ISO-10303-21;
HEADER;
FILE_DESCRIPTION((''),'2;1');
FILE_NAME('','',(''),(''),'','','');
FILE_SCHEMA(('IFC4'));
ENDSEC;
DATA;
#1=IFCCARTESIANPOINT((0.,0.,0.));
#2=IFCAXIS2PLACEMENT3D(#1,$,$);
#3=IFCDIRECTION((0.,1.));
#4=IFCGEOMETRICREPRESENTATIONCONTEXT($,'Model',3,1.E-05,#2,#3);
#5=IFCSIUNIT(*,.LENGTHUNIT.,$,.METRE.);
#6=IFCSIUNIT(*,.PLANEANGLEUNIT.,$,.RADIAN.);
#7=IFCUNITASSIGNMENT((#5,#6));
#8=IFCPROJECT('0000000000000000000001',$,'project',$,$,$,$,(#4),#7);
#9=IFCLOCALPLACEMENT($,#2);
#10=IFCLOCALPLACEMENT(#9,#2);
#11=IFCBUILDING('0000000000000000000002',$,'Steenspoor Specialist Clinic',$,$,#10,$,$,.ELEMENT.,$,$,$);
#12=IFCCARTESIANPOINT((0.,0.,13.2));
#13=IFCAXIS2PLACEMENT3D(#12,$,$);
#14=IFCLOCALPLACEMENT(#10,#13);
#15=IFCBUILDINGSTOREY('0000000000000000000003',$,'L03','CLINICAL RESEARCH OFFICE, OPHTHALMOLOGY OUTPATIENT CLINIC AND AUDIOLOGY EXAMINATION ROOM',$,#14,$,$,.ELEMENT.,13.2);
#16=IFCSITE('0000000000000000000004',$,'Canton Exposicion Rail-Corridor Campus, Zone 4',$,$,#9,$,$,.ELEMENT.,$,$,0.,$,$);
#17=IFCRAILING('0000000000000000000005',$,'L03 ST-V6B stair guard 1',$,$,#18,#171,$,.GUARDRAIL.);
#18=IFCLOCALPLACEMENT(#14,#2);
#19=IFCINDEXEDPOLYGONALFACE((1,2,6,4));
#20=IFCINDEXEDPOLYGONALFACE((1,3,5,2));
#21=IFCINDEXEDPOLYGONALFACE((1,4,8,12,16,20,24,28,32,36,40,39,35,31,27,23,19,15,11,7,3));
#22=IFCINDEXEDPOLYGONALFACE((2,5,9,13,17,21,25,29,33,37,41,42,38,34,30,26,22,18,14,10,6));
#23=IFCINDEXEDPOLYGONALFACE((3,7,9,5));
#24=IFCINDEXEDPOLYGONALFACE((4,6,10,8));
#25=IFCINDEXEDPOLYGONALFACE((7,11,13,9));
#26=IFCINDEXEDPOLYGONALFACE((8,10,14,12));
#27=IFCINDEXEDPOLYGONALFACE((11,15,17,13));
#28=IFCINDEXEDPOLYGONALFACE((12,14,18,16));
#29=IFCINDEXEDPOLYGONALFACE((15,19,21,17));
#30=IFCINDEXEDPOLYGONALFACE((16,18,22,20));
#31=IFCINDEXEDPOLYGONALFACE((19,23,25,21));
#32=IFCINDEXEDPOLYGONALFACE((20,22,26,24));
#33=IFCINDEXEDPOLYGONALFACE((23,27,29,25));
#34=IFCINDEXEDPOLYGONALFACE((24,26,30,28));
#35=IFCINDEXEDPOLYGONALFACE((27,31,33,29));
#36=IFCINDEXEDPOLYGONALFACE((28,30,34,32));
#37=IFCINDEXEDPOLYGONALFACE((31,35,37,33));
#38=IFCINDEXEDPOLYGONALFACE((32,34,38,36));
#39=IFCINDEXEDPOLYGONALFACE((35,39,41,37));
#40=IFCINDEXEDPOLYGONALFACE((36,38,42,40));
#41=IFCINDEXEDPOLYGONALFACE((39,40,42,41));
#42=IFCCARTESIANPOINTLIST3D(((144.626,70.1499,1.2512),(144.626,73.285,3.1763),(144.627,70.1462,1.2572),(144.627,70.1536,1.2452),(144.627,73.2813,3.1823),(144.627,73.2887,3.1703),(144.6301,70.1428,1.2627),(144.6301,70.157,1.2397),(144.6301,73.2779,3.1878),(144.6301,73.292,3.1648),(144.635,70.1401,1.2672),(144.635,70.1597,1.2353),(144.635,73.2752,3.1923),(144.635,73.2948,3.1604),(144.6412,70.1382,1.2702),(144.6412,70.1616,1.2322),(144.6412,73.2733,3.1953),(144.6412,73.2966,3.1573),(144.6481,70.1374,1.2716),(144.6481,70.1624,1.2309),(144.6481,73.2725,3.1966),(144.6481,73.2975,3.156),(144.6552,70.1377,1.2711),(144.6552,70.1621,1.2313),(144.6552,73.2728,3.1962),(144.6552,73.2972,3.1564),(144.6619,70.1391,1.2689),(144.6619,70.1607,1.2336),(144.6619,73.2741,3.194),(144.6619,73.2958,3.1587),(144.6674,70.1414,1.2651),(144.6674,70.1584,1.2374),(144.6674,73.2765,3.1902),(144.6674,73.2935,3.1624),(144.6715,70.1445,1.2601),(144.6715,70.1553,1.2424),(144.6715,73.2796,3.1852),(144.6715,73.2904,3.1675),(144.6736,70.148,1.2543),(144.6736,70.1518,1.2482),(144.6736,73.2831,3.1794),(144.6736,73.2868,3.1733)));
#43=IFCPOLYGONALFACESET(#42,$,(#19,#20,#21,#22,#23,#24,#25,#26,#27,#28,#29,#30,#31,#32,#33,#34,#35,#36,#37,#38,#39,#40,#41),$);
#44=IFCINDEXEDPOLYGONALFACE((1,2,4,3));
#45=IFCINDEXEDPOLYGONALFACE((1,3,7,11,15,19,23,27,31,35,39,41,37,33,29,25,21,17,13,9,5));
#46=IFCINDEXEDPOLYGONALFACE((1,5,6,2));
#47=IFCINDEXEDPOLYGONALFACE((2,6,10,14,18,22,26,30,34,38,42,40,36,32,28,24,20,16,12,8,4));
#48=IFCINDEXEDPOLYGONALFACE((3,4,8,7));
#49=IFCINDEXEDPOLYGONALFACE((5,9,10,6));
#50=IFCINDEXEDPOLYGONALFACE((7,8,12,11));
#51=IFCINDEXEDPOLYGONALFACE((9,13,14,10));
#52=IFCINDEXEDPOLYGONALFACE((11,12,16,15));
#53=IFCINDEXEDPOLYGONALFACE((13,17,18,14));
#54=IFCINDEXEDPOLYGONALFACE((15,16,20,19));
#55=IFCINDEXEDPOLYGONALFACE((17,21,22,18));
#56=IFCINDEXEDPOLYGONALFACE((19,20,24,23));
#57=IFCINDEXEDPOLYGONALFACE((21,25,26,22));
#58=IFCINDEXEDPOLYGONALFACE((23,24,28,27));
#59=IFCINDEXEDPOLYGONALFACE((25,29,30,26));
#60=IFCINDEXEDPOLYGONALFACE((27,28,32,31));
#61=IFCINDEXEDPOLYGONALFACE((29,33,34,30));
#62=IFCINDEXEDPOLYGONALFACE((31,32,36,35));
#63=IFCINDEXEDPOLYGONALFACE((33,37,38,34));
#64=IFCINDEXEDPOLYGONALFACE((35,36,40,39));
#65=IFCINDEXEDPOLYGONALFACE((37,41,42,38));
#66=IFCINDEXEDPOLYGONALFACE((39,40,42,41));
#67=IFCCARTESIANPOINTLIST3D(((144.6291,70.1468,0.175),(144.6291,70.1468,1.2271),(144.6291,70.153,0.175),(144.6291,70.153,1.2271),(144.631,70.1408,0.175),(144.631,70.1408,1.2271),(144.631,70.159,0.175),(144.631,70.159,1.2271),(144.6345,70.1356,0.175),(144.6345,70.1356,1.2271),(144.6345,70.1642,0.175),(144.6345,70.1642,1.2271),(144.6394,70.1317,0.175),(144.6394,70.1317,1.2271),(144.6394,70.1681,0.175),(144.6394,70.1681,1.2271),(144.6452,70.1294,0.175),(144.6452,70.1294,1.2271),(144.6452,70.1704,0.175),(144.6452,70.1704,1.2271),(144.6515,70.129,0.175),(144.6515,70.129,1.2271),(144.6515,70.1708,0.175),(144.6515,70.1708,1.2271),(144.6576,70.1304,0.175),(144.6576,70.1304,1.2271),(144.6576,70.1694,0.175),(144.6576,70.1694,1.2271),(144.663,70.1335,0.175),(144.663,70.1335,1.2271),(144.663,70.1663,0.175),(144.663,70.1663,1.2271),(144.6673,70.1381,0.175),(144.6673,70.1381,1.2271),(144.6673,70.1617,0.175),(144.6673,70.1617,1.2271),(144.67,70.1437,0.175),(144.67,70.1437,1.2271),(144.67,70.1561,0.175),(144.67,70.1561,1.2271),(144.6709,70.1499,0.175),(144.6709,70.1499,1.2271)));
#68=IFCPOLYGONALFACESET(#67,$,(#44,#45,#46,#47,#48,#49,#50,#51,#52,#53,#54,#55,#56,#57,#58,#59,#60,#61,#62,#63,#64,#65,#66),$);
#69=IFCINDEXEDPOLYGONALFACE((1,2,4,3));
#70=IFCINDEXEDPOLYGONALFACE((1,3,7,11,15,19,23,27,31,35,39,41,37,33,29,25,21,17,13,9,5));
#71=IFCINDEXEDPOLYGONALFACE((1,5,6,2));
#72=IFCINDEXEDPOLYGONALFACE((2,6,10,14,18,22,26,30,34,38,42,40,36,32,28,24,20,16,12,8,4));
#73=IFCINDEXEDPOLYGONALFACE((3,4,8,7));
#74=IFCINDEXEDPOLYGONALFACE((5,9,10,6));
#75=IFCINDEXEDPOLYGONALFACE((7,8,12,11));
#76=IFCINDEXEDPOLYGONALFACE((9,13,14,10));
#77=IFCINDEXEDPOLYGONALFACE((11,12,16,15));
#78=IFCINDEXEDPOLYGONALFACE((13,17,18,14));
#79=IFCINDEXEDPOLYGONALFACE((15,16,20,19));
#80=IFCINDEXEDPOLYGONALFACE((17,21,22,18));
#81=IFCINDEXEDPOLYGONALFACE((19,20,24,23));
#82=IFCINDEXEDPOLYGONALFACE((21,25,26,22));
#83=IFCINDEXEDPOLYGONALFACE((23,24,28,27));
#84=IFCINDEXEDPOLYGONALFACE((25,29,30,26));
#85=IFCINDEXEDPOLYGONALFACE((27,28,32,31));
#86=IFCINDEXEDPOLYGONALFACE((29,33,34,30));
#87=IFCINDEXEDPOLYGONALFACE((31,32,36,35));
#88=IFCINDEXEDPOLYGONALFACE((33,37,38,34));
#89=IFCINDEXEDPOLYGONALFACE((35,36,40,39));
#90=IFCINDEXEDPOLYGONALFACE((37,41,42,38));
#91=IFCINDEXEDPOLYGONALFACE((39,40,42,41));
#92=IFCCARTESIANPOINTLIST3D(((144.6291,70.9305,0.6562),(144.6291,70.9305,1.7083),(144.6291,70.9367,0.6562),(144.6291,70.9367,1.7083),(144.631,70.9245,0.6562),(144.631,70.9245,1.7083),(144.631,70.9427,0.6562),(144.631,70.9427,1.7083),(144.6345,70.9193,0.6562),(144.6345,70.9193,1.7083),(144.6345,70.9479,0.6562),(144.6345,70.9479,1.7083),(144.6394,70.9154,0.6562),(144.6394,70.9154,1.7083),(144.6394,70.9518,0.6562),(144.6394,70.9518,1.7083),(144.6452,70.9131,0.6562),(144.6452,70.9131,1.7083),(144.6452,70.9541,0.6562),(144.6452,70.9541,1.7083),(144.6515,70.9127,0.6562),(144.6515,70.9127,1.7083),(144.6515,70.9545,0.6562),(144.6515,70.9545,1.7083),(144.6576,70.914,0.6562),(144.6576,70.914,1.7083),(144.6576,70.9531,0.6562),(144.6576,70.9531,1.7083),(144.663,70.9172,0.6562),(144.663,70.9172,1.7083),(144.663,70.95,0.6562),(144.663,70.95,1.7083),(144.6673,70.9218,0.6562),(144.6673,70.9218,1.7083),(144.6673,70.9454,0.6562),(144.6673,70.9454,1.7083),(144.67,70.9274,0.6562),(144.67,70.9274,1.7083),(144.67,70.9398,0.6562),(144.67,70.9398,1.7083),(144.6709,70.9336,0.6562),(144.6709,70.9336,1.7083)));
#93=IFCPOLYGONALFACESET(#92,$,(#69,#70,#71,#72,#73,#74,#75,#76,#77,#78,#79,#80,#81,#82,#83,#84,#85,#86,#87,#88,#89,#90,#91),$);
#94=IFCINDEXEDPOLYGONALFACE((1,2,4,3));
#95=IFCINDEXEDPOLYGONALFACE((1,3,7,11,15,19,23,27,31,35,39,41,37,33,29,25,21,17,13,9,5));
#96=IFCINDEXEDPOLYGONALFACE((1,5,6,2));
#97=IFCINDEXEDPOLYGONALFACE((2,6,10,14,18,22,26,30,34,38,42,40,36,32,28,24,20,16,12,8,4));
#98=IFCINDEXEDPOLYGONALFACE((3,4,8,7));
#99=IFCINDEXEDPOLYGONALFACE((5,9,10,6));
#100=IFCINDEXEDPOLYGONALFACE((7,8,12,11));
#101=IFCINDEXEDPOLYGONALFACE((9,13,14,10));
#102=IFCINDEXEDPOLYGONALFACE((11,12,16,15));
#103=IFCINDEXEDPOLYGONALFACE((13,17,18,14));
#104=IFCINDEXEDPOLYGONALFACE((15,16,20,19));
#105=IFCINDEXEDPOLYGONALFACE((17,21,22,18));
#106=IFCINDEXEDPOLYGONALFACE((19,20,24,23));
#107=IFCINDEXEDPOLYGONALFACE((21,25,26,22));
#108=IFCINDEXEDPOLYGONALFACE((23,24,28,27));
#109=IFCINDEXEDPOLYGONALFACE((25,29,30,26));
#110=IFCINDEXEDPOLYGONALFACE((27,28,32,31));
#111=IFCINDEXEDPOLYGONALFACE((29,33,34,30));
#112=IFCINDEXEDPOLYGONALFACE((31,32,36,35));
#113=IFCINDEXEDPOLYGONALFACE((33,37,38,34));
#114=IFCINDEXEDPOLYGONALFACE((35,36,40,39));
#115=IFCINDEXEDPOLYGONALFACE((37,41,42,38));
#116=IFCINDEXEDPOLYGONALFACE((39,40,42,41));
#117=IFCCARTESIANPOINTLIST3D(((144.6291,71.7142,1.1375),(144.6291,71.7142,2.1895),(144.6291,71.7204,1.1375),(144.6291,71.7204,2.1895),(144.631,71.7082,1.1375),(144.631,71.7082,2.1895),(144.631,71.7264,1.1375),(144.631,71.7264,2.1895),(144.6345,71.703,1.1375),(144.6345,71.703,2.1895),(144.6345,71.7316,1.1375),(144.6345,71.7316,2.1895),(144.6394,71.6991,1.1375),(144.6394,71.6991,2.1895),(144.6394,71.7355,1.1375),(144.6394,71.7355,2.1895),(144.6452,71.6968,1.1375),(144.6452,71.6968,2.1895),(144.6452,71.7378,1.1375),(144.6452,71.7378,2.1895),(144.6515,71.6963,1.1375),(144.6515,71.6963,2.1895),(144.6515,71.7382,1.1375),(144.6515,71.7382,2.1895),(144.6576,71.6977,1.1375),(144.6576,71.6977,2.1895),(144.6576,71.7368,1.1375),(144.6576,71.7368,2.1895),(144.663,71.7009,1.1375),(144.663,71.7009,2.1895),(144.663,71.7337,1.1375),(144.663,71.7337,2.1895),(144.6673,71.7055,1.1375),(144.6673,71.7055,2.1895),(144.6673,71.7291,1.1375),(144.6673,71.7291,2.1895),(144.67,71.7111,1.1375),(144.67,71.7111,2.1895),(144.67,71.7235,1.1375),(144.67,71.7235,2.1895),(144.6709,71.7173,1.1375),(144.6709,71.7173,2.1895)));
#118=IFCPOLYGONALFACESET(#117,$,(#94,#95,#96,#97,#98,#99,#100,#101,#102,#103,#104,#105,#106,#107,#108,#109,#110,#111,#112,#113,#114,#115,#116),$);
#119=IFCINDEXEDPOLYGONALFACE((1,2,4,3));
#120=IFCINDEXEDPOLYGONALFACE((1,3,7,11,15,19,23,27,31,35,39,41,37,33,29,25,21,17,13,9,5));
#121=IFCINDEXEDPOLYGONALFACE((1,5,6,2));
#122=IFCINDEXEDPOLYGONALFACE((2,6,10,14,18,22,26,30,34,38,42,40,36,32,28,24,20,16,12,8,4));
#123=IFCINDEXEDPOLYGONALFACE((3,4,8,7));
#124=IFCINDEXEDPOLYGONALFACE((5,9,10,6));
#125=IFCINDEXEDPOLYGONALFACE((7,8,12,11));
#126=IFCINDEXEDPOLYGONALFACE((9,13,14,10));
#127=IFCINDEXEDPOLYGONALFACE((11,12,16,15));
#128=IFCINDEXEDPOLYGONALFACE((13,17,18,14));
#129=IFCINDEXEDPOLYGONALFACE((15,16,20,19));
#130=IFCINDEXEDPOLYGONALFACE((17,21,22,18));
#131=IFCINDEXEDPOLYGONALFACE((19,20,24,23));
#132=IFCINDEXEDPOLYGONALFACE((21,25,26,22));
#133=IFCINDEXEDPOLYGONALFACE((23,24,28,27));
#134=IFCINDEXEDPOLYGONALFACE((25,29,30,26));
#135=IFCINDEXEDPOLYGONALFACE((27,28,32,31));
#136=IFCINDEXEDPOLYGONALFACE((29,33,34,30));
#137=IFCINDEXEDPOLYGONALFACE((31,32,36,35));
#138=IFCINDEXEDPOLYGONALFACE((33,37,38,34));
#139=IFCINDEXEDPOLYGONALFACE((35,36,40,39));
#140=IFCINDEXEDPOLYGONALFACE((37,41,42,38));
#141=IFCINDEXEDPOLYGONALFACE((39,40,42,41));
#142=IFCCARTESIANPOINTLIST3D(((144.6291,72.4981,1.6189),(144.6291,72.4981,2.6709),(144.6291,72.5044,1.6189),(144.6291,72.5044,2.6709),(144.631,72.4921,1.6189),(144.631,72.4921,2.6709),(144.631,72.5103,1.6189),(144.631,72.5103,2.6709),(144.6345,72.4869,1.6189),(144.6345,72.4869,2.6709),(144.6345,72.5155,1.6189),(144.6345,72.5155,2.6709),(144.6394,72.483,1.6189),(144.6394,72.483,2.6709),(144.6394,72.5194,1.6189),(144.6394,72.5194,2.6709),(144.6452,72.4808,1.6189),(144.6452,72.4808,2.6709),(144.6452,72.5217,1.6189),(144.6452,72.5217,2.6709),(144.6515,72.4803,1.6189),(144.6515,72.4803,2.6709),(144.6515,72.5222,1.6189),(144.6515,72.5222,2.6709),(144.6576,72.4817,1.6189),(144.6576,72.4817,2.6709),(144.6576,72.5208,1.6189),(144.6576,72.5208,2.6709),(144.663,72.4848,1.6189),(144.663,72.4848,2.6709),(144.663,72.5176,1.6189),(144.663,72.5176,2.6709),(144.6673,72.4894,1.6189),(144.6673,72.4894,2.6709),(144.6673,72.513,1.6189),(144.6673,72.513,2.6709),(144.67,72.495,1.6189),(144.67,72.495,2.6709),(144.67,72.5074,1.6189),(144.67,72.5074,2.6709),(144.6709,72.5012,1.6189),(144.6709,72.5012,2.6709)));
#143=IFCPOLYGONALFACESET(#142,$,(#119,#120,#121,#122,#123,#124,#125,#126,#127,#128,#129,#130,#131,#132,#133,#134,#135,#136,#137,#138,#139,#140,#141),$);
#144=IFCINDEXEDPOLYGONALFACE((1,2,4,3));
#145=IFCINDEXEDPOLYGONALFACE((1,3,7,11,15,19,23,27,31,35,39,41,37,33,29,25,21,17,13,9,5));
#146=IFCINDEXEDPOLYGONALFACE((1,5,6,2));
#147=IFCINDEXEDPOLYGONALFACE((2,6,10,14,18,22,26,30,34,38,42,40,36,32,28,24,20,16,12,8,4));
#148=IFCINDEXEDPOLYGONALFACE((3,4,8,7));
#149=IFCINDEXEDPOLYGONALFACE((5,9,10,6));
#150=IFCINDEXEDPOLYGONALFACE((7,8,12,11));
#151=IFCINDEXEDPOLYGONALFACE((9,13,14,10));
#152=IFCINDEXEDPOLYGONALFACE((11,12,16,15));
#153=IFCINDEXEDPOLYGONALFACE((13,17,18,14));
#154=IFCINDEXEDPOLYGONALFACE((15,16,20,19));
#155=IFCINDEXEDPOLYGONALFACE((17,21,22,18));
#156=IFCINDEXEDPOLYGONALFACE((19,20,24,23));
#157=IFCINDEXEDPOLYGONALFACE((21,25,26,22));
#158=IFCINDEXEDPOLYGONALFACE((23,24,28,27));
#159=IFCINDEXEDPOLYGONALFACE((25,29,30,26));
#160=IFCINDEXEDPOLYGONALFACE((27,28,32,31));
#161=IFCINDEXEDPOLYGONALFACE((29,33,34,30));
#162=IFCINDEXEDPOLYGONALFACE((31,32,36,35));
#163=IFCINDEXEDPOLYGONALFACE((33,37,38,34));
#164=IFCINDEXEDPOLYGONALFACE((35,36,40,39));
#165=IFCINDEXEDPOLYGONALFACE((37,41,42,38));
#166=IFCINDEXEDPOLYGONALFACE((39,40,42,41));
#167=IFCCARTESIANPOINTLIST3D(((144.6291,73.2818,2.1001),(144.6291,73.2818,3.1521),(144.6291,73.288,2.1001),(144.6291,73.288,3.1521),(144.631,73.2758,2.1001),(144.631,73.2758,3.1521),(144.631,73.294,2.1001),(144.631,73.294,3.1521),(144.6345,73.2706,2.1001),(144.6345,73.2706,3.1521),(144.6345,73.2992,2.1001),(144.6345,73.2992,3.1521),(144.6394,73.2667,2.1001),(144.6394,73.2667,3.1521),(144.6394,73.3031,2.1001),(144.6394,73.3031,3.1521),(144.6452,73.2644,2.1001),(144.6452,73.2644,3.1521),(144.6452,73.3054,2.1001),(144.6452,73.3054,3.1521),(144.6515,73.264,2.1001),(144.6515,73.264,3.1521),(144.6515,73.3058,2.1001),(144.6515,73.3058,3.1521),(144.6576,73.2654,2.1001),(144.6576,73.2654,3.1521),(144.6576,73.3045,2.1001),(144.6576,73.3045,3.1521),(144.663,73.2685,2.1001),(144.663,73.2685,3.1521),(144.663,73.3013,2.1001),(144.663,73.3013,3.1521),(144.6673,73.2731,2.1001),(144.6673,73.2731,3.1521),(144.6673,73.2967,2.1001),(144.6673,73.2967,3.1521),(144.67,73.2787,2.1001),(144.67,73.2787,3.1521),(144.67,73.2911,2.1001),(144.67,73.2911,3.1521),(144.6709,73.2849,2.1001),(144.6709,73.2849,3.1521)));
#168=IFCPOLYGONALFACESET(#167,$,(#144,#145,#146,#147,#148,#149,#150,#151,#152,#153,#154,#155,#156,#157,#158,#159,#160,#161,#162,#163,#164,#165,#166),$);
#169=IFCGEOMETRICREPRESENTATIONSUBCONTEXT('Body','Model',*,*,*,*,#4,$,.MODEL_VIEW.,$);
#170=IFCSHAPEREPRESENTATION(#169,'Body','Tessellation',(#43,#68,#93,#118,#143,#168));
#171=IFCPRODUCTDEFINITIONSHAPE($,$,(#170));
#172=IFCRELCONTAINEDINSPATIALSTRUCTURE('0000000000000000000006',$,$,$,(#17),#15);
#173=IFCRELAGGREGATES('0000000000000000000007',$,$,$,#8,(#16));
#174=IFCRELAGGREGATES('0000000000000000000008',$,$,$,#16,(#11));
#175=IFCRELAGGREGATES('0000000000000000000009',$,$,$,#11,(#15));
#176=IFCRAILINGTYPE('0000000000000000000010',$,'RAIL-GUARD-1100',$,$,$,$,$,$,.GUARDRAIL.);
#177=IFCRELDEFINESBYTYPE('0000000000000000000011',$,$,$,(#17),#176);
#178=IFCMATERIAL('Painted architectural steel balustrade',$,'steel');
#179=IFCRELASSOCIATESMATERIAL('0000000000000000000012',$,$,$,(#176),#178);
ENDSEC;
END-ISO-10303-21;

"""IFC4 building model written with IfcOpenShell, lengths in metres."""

from ifc_helpers import new_model, si_unit, direction, frame, origin, origin_2d, place, context, subcontext, project, spatial, circle, extrude, material, type_object, element, save


model = new_model("IFC4")

# Units and contexts
model_context = context("Model", 3, precision=1e-05, world=origin(), true_north=direction((0.0, 1.0)))
body_context = subcontext(model_context, "Body", "Model", "MODEL_VIEW")
ifc_project = project(units=[si_unit("LENGTHUNIT", "METRE"), si_unit("PLANEANGLEUNIT", "RADIAN")], contexts=[model_context])

# Site, building, storey
site_placement = place(None, origin())
site = spatial("IfcSite", under=ifc_project, at=site_placement, Name="Canton Exposicion Rail-Corridor Campus, Zone 4", CompositionType="ELEMENT", RefElevation=0.0)
building_placement = place(site_placement, origin())
building = spatial("IfcBuilding", under=site, at=building_placement, Name="Steenspoor Specialist Clinic", CompositionType="ELEMENT")
storey_placement = place(building_placement, frame((0.0, 0.0, 13.2)))
storey = spatial("IfcBuildingStorey", under=building, at=storey_placement, Name="L03", Description="CLINICAL RESEARCH OFFICE, OPHTHALMOLOGY OUTPATIENT CLINIC AND AUDIOLOGY EXAMINATION ROOM", CompositionType="ELEMENT", Elevation=13.2)

# Railing
ifc_material_1 = material(Name="Painted architectural steel balustrade", Category="steel")
railing_type_1 = type_object("IfcRailingType", Name="RAIL-GUARD-1100", PredefinedType="GUARDRAIL", material=ifc_material_1)
railing_1_placement = place(storey_placement, frame((144.6499, 70.1499, 0.175)))
element("IfcRailing", 1, at=railing_1_placement, inside=storey, type_object=railing_type_1, Name="L03 ST-V6B stair guard 1", PredefinedType="GUARDRAIL", context=body_context, shape_type="SweptSolid", body=[
    extrude(circle(Radius=0.0239, at=origin_2d()), frame((0.0, 0.0, 1.0762), z_axis=(0.0, 0.852166, 0.523271), x_axis=(-1.0, 0.0, 0.0)), (0.0, 0.0, 1.0), 3.679),
    extrude(circle(Radius=0.021, at=origin_2d()), origin(), (0.0, 0.0, 1.0), 1.052),
    extrude(circle(Radius=0.021, at=origin_2d()), frame((0.0, 0.7837, 0.4812)), (0.0, 0.0, 1.0), 1.052),
    extrude(circle(Radius=0.021, at=origin_2d()), frame((0.0, 1.5674, 0.9624)), (0.0, 0.0, 1.0), 1.052),
    extrude(circle(Radius=0.021, at=origin_2d()), frame((0.0, 2.3513, 1.4438)), (0.0, 0.0, 1.0), 1.052),
    extrude(circle(Radius=0.021, at=origin_2d()), frame((0.0, 3.135, 1.925)), (0.0, 0.0, 1.0), 1.052),
])

save(model, "model.ifc")
